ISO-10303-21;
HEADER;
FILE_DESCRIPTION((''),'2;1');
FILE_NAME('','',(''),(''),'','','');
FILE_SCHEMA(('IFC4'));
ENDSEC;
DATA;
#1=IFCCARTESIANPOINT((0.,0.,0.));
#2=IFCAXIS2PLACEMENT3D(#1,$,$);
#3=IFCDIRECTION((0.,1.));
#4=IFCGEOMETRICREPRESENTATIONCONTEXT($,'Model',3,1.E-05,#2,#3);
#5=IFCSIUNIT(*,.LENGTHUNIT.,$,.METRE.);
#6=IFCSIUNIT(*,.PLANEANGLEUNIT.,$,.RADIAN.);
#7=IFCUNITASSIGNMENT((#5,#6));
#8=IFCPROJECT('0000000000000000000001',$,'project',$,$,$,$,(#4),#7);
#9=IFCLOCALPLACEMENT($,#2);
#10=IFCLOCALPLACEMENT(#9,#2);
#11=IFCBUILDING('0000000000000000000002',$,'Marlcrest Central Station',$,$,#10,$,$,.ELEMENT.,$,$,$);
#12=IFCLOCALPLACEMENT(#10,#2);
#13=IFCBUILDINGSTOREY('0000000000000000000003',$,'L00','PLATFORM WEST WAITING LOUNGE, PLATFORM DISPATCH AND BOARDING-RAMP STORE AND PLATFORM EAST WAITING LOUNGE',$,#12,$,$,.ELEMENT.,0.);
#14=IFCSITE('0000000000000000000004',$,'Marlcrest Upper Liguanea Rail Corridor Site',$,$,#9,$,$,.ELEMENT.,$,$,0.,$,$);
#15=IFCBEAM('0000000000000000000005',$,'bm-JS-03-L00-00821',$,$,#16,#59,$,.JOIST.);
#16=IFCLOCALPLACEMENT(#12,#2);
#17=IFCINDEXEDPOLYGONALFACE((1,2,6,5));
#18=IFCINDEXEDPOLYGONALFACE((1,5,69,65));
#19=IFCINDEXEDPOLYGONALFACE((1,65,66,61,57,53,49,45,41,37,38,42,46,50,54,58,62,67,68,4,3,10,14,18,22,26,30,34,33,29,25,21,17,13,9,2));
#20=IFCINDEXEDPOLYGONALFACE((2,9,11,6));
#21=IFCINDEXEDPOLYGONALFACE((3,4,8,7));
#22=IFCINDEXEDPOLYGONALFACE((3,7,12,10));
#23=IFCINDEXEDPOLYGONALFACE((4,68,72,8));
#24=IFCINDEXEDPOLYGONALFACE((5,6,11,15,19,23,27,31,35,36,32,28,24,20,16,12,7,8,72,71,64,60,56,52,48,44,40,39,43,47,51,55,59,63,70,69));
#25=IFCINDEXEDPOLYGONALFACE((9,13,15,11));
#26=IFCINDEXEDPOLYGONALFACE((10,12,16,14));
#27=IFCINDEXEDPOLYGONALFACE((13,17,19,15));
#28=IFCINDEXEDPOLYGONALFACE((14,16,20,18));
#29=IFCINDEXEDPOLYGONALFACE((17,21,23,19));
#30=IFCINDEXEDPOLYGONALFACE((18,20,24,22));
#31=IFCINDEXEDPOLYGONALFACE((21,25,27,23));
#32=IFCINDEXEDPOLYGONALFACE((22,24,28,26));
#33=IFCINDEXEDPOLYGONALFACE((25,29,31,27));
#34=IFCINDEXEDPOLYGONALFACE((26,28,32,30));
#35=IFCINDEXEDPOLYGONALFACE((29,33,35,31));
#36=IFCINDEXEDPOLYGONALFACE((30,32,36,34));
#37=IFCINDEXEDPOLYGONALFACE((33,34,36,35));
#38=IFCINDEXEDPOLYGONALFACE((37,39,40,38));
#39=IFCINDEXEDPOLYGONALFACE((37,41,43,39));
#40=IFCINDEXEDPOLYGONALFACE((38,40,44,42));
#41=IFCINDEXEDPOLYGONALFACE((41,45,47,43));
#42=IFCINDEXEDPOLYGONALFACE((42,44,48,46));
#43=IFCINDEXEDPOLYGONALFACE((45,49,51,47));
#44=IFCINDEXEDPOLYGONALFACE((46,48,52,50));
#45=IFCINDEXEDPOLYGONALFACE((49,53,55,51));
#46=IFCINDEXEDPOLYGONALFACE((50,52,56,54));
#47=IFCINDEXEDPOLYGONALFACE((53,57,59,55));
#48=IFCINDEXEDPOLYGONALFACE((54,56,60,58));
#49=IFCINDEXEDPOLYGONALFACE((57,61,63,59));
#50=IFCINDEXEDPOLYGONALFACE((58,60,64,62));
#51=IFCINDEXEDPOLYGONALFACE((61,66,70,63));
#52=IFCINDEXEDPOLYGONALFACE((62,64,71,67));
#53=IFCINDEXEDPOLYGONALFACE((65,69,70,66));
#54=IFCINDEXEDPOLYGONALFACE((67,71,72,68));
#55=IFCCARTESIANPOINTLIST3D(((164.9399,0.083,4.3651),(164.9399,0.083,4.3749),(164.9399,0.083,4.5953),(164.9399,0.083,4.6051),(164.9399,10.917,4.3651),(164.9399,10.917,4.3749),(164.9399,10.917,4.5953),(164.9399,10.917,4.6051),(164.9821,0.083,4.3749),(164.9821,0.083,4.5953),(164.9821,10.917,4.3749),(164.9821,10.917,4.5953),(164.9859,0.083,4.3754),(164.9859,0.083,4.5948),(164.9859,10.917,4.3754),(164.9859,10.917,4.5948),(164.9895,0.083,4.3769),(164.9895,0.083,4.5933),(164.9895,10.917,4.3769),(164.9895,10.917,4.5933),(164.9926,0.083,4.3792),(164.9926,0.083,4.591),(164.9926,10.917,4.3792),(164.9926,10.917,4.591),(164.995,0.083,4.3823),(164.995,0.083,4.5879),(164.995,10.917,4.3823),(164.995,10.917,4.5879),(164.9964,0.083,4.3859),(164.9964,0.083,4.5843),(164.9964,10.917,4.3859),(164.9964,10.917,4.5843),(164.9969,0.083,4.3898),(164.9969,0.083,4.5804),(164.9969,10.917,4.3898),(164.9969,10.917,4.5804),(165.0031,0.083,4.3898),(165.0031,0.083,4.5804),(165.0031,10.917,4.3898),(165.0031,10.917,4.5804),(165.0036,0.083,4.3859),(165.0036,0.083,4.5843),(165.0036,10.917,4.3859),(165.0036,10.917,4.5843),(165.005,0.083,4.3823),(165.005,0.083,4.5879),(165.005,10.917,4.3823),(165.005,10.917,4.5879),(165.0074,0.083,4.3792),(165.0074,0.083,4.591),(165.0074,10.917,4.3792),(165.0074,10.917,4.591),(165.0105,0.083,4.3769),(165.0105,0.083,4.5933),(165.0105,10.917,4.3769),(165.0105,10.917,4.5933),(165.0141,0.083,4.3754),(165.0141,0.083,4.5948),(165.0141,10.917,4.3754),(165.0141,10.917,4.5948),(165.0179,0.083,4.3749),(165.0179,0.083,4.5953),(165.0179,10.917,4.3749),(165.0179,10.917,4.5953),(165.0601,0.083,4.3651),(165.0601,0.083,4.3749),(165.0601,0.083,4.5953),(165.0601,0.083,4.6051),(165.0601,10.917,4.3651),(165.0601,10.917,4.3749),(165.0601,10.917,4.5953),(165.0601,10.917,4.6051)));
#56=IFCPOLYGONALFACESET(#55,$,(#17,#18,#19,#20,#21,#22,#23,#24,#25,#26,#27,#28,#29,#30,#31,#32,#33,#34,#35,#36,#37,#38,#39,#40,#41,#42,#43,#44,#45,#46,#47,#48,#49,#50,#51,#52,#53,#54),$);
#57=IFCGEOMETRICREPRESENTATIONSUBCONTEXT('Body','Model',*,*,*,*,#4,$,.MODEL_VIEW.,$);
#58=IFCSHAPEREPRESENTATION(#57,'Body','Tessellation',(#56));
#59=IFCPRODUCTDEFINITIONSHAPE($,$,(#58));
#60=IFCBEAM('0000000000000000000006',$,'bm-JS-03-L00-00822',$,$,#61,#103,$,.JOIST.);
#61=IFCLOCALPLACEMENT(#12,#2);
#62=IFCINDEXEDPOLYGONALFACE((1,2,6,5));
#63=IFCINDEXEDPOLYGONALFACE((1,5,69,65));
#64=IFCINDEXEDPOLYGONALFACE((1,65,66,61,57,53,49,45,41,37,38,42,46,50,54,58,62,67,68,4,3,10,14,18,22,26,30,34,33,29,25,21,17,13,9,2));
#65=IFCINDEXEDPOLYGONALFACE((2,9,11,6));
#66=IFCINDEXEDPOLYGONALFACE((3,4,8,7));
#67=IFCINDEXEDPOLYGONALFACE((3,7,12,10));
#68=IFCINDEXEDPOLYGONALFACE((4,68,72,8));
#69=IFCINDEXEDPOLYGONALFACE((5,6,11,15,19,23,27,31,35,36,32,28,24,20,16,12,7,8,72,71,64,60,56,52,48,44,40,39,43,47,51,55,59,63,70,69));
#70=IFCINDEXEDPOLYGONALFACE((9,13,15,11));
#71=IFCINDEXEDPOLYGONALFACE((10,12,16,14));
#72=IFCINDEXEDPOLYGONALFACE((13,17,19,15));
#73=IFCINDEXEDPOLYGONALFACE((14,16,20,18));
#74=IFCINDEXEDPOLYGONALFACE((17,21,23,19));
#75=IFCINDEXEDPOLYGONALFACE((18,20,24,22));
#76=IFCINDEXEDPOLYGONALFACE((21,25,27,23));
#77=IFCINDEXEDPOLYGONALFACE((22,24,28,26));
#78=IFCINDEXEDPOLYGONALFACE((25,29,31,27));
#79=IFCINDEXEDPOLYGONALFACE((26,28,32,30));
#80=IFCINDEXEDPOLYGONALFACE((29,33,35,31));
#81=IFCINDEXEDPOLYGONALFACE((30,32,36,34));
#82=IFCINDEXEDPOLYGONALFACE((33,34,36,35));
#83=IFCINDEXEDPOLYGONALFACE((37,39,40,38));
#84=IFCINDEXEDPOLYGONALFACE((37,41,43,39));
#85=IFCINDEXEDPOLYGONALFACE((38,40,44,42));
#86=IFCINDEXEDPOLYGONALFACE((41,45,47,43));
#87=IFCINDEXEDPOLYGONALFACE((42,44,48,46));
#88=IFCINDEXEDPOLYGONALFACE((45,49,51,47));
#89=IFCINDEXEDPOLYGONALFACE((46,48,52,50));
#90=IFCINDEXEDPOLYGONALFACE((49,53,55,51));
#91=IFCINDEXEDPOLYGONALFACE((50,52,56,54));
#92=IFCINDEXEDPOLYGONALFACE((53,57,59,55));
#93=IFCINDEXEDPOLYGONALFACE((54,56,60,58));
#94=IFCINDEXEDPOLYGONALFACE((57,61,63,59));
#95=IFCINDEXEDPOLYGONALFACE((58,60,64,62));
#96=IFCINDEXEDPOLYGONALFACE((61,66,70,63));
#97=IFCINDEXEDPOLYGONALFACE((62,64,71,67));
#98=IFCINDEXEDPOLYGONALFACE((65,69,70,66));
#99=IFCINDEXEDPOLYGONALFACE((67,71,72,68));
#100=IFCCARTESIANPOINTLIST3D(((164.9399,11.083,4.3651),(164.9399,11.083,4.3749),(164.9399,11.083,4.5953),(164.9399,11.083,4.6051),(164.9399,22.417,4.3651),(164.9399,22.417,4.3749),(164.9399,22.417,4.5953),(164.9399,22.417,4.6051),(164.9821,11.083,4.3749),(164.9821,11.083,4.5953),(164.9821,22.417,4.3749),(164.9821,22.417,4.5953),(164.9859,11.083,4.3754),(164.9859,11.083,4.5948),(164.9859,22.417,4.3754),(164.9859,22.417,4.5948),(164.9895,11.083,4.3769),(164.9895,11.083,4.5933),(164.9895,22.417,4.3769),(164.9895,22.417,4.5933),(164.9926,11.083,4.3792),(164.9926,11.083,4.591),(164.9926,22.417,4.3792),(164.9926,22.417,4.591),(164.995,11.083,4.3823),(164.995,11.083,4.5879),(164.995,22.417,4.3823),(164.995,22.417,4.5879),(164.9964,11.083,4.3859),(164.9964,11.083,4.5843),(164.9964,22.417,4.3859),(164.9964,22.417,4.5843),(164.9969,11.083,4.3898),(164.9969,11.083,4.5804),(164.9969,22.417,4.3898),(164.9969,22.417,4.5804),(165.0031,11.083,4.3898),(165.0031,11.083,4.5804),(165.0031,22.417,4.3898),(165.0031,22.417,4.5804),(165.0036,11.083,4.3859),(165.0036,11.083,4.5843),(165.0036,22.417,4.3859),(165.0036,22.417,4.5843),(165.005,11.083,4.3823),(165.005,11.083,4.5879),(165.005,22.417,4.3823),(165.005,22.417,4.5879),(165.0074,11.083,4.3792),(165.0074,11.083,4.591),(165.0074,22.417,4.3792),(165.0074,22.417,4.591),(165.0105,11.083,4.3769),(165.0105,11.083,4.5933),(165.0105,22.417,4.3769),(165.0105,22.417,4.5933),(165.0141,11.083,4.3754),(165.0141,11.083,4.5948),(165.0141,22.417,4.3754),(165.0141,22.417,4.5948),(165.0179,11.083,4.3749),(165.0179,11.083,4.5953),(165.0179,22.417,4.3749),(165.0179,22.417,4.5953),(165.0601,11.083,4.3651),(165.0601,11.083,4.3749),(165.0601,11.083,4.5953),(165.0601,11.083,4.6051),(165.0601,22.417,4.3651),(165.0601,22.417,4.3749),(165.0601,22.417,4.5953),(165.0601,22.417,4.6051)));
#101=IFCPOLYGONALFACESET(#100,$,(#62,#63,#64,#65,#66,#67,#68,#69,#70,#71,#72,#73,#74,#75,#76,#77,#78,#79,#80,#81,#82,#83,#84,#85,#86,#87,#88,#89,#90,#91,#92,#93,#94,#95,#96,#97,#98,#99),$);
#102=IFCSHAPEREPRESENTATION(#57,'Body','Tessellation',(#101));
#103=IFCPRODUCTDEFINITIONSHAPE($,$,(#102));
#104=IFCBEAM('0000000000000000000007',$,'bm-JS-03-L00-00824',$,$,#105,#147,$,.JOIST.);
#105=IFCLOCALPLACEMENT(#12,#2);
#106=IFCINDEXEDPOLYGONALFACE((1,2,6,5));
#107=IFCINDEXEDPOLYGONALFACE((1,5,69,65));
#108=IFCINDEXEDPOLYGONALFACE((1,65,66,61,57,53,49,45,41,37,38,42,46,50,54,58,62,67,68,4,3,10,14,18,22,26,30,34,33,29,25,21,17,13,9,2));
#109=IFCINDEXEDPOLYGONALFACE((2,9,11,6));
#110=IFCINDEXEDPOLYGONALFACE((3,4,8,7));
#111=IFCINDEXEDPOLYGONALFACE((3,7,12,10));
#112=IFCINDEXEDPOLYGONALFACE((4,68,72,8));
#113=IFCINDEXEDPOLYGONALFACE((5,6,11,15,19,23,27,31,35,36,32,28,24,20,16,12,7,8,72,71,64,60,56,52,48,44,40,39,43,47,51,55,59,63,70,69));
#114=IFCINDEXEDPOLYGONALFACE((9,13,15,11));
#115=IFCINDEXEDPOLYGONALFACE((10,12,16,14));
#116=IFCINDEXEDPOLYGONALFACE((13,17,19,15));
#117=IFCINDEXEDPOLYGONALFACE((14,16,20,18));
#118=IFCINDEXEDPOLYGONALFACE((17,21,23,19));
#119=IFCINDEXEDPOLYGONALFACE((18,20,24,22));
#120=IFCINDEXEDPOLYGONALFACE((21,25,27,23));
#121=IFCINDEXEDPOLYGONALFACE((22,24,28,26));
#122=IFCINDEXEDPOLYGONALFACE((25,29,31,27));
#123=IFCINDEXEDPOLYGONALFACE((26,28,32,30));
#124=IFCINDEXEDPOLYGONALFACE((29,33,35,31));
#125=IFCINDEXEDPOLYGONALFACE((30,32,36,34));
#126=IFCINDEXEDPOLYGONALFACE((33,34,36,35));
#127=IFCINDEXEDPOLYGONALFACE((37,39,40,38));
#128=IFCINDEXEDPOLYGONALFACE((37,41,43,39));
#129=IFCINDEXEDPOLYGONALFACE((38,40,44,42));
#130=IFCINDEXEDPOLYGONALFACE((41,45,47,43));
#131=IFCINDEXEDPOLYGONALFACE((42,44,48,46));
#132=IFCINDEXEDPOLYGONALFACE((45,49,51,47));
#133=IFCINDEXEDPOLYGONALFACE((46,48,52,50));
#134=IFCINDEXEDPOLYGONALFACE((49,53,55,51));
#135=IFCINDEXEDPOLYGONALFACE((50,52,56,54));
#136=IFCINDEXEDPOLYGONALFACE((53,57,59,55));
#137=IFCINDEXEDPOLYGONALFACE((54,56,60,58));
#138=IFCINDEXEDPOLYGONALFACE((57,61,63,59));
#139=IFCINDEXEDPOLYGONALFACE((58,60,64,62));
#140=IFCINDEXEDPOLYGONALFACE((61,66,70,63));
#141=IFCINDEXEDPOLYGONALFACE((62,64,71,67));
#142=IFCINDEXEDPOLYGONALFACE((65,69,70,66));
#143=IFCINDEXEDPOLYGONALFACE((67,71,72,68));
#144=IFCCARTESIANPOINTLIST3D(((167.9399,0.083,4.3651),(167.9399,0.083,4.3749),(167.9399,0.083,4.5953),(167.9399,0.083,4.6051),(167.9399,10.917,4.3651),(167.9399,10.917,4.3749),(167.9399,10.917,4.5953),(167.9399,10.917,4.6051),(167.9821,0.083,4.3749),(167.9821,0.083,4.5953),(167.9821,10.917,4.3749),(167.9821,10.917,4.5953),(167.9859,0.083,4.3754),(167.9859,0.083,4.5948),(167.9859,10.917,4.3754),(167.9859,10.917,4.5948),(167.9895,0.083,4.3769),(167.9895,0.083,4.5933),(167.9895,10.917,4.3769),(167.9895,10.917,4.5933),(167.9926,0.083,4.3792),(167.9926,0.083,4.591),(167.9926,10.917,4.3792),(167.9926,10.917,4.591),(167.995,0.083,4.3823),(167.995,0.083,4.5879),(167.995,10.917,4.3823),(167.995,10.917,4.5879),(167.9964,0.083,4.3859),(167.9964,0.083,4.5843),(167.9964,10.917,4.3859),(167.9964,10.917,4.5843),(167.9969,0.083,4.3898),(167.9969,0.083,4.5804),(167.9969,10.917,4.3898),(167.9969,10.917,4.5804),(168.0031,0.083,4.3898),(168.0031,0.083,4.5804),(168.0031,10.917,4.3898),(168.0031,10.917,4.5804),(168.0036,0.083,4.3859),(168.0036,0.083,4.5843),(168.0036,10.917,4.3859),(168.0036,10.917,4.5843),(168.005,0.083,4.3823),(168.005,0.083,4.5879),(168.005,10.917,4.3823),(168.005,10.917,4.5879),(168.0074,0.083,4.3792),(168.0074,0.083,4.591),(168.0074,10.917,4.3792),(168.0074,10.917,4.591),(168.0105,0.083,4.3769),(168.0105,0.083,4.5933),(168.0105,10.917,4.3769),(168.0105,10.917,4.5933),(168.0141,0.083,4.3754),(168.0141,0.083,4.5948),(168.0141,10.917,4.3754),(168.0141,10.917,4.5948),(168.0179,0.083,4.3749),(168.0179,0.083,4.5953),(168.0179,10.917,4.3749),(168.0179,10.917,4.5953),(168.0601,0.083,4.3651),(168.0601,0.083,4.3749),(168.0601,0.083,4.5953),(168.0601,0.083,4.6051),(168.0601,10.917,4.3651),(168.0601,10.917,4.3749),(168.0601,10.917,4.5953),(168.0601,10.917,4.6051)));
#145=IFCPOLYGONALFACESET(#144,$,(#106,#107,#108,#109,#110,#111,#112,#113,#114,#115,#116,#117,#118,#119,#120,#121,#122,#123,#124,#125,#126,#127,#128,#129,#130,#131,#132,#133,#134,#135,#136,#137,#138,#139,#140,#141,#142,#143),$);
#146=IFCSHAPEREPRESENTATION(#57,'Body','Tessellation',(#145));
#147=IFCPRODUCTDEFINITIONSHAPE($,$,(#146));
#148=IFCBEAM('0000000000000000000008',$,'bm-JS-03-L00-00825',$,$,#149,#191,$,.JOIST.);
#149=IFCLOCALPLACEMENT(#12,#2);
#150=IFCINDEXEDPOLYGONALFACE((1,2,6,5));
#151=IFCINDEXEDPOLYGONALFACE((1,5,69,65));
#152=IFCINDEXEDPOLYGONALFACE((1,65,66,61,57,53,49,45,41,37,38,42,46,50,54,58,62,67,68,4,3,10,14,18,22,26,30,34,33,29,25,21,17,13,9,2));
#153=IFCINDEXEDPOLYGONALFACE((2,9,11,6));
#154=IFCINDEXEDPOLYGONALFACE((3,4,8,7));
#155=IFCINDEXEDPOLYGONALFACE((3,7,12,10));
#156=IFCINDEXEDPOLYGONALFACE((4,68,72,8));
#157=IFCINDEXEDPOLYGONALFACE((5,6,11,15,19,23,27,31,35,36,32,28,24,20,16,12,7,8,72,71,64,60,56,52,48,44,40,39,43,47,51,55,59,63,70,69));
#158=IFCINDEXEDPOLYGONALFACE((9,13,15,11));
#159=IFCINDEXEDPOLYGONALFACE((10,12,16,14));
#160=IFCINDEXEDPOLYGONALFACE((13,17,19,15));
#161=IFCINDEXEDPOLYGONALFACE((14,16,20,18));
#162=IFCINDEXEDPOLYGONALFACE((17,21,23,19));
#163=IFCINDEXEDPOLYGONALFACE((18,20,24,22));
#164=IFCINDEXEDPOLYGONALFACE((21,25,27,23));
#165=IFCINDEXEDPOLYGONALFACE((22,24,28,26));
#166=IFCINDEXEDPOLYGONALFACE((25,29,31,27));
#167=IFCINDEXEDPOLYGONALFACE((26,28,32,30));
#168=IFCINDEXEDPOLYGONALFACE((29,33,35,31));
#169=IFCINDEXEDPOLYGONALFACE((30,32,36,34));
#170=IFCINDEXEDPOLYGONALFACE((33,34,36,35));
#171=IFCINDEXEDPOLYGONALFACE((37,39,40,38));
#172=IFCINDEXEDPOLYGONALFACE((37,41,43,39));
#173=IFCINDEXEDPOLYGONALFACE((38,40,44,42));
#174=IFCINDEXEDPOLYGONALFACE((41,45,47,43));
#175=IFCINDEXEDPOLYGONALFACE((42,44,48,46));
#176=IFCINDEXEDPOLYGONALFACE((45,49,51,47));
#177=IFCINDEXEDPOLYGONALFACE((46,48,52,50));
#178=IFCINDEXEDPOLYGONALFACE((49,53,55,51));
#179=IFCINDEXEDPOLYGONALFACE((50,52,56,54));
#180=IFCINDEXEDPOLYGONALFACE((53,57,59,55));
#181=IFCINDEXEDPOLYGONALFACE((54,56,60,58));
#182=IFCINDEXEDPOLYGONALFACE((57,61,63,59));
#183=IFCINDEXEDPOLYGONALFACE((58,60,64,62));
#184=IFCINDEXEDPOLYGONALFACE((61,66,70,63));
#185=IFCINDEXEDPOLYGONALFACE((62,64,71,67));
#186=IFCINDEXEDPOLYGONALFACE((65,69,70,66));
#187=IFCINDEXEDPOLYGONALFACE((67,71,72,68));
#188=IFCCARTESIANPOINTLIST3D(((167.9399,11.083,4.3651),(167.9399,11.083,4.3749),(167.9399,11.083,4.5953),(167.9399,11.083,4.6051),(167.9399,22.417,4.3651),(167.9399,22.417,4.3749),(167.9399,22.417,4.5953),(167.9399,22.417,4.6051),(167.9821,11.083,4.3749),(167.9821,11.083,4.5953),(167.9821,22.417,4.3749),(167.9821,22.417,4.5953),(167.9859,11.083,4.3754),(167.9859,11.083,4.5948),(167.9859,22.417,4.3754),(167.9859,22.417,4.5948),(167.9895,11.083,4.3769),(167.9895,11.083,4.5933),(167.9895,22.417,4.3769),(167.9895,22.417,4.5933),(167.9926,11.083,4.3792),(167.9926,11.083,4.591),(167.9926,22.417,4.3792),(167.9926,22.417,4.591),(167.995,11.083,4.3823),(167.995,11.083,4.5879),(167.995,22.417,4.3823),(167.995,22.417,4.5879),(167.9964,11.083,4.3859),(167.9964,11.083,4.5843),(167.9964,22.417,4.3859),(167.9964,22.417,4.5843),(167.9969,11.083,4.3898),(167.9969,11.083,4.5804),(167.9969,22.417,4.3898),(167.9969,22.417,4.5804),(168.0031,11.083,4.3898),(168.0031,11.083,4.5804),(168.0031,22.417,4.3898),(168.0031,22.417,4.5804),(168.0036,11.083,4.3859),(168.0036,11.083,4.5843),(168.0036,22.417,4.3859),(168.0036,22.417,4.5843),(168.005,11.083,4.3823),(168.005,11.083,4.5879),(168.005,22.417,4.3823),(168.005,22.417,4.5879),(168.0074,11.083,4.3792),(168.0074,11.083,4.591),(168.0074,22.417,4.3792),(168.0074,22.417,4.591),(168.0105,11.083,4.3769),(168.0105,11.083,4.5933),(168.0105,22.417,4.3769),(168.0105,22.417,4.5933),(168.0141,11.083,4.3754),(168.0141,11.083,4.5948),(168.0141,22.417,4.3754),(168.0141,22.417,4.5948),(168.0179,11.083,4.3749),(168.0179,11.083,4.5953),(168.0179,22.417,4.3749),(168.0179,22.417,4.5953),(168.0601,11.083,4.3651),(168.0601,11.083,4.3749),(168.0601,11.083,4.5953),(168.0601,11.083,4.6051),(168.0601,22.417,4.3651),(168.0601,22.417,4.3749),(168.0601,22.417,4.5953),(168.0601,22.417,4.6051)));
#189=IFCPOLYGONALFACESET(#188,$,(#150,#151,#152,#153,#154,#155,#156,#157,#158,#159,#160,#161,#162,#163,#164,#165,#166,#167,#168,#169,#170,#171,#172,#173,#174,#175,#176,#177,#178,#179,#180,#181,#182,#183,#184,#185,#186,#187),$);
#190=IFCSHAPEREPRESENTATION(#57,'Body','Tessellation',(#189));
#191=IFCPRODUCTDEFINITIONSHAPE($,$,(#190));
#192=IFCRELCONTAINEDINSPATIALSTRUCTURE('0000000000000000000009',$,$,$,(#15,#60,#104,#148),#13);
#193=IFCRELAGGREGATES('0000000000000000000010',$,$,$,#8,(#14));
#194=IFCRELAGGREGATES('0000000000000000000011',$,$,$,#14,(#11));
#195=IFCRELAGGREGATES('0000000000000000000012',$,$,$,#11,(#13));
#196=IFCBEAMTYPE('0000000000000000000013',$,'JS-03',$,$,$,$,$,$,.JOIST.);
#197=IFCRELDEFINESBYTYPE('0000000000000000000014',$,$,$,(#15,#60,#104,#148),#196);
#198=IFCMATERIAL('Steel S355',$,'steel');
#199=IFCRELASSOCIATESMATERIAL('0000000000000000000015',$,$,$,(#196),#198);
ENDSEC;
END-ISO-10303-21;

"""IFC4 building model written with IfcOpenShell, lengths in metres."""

from ifc_helpers import new_model, si_unit, direction, frame, origin, origin_2d, place, context, subcontext, project, spatial, i_section, extrude, material, material_profile, profile_set, type_object, element, save


model = new_model("IFC4")

# Units and contexts
model_context = context("Model", 3, precision=1e-05, world=origin(), true_north=direction((0.0, 1.0)))
body_context = subcontext(model_context, "Body", "Model", "MODEL_VIEW")
ifc_project = project(units=[si_unit("LENGTHUNIT", "METRE"), si_unit("PLANEANGLEUNIT", "RADIAN")], contexts=[model_context])

# Site, building, storey
site_placement = place(None, origin())
site = spatial("IfcSite", under=ifc_project, at=site_placement, Name="Marlcrest Upper Liguanea Rail Corridor Site", CompositionType="ELEMENT", RefElevation=0.0)
building_placement = place(site_placement, origin())
building = spatial("IfcBuilding", under=site, at=building_placement, Name="Marlcrest Central Station", CompositionType="ELEMENT")
storey_placement = place(building_placement, origin())
storey = spatial("IfcBuildingStorey", under=building, at=storey_placement, Name="L00", Description="PLATFORM WEST WAITING LOUNGE, PLATFORM DISPATCH AND BOARDING-RAMP STORE AND PLATFORM EAST WAITING LOUNGE", CompositionType="ELEMENT", Elevation=0.0)

# Beams
ifc_material_1 = material(Name="Steel S355", Category="steel")
ifc_material_profile_1 = material_profile(ifc_material_1, i_section(OverallWidth=0.1201, OverallDepth=0.24, WebThickness=0.0061, FlangeThickness=0.0098, FilletRadius=0.0149, at=origin_2d()), Name="IPE 240")
ifc_profile_set_1 = profile_set([ifc_material_profile_1], Name="Steel S355")
beam_type_1 = type_object("IfcBeamType", Name="JS-03", PredefinedType="JOIST", material=ifc_profile_set_1)
beam_1_placement = place(storey_placement, frame((165.0, 0.083, 4.4851), z_axis=(0.0, 1.0, 0.0), x_axis=(-1.0, 0.0, 0.0)))
element("IfcBeam", 1, at=beam_1_placement, inside=storey, type_object=beam_type_1, Name="bm-JS-03-L00-00821", PredefinedType="JOIST", context=body_context, shape_type="SweptSolid", body=[
    extrude(i_section(OverallWidth=0.1201, OverallDepth=0.24, WebThickness=0.0061, FlangeThickness=0.0098, FilletRadius=0.0149, at=origin_2d()), origin(), (0.0, 0.0, 1.0), 10.834),
])
beam_2_placement = place(storey_placement, frame((165.0, 11.083, 4.4851), z_axis=(0.0, 1.0, 0.0), x_axis=(-1.0, 0.0, 0.0)))
element("IfcBeam", 2, at=beam_2_placement, inside=storey, type_object=beam_type_1, Name="bm-JS-03-L00-00822", PredefinedType="JOIST", context=body_context, shape_type="SweptSolid", body=[
    extrude(i_section(OverallWidth=0.1201, OverallDepth=0.24, WebThickness=0.0061, FlangeThickness=0.0098, FilletRadius=0.0149, at=origin_2d()), origin(), (0.0, 0.0, 1.0), 11.334),
])
beam_3_placement = place(storey_placement, frame((168.0, 0.083, 4.4851), z_axis=(0.0, 1.0, 0.0), x_axis=(-1.0, 0.0, 0.0)))
element("IfcBeam", 3, at=beam_3_placement, inside=storey, type_object=beam_type_1, Name="bm-JS-03-L00-00824", PredefinedType="JOIST", context=body_context, shape_type="SweptSolid", body=[
    extrude(i_section(OverallWidth=0.1201, OverallDepth=0.24, WebThickness=0.0061, FlangeThickness=0.0098, FilletRadius=0.0149, at=origin_2d()), origin(), (0.0, 0.0, 1.0), 10.834),
])
beam_4_placement = place(storey_placement, frame((168.0, 11.083, 4.4851), z_axis=(0.0, 1.0, 0.0), x_axis=(-1.0, 0.0, 0.0)))
element("IfcBeam", 4, at=beam_4_placement, inside=storey, type_object=beam_type_1, Name="bm-JS-03-L00-00825", PredefinedType="JOIST", context=body_context, shape_type="SweptSolid", body=[
    extrude(i_section(OverallWidth=0.1201, OverallDepth=0.24, WebThickness=0.0061, FlangeThickness=0.0098, FilletRadius=0.0149, at=origin_2d()), origin(), (0.0, 0.0, 1.0), 11.334),
])

save(model, "model.ifc")
